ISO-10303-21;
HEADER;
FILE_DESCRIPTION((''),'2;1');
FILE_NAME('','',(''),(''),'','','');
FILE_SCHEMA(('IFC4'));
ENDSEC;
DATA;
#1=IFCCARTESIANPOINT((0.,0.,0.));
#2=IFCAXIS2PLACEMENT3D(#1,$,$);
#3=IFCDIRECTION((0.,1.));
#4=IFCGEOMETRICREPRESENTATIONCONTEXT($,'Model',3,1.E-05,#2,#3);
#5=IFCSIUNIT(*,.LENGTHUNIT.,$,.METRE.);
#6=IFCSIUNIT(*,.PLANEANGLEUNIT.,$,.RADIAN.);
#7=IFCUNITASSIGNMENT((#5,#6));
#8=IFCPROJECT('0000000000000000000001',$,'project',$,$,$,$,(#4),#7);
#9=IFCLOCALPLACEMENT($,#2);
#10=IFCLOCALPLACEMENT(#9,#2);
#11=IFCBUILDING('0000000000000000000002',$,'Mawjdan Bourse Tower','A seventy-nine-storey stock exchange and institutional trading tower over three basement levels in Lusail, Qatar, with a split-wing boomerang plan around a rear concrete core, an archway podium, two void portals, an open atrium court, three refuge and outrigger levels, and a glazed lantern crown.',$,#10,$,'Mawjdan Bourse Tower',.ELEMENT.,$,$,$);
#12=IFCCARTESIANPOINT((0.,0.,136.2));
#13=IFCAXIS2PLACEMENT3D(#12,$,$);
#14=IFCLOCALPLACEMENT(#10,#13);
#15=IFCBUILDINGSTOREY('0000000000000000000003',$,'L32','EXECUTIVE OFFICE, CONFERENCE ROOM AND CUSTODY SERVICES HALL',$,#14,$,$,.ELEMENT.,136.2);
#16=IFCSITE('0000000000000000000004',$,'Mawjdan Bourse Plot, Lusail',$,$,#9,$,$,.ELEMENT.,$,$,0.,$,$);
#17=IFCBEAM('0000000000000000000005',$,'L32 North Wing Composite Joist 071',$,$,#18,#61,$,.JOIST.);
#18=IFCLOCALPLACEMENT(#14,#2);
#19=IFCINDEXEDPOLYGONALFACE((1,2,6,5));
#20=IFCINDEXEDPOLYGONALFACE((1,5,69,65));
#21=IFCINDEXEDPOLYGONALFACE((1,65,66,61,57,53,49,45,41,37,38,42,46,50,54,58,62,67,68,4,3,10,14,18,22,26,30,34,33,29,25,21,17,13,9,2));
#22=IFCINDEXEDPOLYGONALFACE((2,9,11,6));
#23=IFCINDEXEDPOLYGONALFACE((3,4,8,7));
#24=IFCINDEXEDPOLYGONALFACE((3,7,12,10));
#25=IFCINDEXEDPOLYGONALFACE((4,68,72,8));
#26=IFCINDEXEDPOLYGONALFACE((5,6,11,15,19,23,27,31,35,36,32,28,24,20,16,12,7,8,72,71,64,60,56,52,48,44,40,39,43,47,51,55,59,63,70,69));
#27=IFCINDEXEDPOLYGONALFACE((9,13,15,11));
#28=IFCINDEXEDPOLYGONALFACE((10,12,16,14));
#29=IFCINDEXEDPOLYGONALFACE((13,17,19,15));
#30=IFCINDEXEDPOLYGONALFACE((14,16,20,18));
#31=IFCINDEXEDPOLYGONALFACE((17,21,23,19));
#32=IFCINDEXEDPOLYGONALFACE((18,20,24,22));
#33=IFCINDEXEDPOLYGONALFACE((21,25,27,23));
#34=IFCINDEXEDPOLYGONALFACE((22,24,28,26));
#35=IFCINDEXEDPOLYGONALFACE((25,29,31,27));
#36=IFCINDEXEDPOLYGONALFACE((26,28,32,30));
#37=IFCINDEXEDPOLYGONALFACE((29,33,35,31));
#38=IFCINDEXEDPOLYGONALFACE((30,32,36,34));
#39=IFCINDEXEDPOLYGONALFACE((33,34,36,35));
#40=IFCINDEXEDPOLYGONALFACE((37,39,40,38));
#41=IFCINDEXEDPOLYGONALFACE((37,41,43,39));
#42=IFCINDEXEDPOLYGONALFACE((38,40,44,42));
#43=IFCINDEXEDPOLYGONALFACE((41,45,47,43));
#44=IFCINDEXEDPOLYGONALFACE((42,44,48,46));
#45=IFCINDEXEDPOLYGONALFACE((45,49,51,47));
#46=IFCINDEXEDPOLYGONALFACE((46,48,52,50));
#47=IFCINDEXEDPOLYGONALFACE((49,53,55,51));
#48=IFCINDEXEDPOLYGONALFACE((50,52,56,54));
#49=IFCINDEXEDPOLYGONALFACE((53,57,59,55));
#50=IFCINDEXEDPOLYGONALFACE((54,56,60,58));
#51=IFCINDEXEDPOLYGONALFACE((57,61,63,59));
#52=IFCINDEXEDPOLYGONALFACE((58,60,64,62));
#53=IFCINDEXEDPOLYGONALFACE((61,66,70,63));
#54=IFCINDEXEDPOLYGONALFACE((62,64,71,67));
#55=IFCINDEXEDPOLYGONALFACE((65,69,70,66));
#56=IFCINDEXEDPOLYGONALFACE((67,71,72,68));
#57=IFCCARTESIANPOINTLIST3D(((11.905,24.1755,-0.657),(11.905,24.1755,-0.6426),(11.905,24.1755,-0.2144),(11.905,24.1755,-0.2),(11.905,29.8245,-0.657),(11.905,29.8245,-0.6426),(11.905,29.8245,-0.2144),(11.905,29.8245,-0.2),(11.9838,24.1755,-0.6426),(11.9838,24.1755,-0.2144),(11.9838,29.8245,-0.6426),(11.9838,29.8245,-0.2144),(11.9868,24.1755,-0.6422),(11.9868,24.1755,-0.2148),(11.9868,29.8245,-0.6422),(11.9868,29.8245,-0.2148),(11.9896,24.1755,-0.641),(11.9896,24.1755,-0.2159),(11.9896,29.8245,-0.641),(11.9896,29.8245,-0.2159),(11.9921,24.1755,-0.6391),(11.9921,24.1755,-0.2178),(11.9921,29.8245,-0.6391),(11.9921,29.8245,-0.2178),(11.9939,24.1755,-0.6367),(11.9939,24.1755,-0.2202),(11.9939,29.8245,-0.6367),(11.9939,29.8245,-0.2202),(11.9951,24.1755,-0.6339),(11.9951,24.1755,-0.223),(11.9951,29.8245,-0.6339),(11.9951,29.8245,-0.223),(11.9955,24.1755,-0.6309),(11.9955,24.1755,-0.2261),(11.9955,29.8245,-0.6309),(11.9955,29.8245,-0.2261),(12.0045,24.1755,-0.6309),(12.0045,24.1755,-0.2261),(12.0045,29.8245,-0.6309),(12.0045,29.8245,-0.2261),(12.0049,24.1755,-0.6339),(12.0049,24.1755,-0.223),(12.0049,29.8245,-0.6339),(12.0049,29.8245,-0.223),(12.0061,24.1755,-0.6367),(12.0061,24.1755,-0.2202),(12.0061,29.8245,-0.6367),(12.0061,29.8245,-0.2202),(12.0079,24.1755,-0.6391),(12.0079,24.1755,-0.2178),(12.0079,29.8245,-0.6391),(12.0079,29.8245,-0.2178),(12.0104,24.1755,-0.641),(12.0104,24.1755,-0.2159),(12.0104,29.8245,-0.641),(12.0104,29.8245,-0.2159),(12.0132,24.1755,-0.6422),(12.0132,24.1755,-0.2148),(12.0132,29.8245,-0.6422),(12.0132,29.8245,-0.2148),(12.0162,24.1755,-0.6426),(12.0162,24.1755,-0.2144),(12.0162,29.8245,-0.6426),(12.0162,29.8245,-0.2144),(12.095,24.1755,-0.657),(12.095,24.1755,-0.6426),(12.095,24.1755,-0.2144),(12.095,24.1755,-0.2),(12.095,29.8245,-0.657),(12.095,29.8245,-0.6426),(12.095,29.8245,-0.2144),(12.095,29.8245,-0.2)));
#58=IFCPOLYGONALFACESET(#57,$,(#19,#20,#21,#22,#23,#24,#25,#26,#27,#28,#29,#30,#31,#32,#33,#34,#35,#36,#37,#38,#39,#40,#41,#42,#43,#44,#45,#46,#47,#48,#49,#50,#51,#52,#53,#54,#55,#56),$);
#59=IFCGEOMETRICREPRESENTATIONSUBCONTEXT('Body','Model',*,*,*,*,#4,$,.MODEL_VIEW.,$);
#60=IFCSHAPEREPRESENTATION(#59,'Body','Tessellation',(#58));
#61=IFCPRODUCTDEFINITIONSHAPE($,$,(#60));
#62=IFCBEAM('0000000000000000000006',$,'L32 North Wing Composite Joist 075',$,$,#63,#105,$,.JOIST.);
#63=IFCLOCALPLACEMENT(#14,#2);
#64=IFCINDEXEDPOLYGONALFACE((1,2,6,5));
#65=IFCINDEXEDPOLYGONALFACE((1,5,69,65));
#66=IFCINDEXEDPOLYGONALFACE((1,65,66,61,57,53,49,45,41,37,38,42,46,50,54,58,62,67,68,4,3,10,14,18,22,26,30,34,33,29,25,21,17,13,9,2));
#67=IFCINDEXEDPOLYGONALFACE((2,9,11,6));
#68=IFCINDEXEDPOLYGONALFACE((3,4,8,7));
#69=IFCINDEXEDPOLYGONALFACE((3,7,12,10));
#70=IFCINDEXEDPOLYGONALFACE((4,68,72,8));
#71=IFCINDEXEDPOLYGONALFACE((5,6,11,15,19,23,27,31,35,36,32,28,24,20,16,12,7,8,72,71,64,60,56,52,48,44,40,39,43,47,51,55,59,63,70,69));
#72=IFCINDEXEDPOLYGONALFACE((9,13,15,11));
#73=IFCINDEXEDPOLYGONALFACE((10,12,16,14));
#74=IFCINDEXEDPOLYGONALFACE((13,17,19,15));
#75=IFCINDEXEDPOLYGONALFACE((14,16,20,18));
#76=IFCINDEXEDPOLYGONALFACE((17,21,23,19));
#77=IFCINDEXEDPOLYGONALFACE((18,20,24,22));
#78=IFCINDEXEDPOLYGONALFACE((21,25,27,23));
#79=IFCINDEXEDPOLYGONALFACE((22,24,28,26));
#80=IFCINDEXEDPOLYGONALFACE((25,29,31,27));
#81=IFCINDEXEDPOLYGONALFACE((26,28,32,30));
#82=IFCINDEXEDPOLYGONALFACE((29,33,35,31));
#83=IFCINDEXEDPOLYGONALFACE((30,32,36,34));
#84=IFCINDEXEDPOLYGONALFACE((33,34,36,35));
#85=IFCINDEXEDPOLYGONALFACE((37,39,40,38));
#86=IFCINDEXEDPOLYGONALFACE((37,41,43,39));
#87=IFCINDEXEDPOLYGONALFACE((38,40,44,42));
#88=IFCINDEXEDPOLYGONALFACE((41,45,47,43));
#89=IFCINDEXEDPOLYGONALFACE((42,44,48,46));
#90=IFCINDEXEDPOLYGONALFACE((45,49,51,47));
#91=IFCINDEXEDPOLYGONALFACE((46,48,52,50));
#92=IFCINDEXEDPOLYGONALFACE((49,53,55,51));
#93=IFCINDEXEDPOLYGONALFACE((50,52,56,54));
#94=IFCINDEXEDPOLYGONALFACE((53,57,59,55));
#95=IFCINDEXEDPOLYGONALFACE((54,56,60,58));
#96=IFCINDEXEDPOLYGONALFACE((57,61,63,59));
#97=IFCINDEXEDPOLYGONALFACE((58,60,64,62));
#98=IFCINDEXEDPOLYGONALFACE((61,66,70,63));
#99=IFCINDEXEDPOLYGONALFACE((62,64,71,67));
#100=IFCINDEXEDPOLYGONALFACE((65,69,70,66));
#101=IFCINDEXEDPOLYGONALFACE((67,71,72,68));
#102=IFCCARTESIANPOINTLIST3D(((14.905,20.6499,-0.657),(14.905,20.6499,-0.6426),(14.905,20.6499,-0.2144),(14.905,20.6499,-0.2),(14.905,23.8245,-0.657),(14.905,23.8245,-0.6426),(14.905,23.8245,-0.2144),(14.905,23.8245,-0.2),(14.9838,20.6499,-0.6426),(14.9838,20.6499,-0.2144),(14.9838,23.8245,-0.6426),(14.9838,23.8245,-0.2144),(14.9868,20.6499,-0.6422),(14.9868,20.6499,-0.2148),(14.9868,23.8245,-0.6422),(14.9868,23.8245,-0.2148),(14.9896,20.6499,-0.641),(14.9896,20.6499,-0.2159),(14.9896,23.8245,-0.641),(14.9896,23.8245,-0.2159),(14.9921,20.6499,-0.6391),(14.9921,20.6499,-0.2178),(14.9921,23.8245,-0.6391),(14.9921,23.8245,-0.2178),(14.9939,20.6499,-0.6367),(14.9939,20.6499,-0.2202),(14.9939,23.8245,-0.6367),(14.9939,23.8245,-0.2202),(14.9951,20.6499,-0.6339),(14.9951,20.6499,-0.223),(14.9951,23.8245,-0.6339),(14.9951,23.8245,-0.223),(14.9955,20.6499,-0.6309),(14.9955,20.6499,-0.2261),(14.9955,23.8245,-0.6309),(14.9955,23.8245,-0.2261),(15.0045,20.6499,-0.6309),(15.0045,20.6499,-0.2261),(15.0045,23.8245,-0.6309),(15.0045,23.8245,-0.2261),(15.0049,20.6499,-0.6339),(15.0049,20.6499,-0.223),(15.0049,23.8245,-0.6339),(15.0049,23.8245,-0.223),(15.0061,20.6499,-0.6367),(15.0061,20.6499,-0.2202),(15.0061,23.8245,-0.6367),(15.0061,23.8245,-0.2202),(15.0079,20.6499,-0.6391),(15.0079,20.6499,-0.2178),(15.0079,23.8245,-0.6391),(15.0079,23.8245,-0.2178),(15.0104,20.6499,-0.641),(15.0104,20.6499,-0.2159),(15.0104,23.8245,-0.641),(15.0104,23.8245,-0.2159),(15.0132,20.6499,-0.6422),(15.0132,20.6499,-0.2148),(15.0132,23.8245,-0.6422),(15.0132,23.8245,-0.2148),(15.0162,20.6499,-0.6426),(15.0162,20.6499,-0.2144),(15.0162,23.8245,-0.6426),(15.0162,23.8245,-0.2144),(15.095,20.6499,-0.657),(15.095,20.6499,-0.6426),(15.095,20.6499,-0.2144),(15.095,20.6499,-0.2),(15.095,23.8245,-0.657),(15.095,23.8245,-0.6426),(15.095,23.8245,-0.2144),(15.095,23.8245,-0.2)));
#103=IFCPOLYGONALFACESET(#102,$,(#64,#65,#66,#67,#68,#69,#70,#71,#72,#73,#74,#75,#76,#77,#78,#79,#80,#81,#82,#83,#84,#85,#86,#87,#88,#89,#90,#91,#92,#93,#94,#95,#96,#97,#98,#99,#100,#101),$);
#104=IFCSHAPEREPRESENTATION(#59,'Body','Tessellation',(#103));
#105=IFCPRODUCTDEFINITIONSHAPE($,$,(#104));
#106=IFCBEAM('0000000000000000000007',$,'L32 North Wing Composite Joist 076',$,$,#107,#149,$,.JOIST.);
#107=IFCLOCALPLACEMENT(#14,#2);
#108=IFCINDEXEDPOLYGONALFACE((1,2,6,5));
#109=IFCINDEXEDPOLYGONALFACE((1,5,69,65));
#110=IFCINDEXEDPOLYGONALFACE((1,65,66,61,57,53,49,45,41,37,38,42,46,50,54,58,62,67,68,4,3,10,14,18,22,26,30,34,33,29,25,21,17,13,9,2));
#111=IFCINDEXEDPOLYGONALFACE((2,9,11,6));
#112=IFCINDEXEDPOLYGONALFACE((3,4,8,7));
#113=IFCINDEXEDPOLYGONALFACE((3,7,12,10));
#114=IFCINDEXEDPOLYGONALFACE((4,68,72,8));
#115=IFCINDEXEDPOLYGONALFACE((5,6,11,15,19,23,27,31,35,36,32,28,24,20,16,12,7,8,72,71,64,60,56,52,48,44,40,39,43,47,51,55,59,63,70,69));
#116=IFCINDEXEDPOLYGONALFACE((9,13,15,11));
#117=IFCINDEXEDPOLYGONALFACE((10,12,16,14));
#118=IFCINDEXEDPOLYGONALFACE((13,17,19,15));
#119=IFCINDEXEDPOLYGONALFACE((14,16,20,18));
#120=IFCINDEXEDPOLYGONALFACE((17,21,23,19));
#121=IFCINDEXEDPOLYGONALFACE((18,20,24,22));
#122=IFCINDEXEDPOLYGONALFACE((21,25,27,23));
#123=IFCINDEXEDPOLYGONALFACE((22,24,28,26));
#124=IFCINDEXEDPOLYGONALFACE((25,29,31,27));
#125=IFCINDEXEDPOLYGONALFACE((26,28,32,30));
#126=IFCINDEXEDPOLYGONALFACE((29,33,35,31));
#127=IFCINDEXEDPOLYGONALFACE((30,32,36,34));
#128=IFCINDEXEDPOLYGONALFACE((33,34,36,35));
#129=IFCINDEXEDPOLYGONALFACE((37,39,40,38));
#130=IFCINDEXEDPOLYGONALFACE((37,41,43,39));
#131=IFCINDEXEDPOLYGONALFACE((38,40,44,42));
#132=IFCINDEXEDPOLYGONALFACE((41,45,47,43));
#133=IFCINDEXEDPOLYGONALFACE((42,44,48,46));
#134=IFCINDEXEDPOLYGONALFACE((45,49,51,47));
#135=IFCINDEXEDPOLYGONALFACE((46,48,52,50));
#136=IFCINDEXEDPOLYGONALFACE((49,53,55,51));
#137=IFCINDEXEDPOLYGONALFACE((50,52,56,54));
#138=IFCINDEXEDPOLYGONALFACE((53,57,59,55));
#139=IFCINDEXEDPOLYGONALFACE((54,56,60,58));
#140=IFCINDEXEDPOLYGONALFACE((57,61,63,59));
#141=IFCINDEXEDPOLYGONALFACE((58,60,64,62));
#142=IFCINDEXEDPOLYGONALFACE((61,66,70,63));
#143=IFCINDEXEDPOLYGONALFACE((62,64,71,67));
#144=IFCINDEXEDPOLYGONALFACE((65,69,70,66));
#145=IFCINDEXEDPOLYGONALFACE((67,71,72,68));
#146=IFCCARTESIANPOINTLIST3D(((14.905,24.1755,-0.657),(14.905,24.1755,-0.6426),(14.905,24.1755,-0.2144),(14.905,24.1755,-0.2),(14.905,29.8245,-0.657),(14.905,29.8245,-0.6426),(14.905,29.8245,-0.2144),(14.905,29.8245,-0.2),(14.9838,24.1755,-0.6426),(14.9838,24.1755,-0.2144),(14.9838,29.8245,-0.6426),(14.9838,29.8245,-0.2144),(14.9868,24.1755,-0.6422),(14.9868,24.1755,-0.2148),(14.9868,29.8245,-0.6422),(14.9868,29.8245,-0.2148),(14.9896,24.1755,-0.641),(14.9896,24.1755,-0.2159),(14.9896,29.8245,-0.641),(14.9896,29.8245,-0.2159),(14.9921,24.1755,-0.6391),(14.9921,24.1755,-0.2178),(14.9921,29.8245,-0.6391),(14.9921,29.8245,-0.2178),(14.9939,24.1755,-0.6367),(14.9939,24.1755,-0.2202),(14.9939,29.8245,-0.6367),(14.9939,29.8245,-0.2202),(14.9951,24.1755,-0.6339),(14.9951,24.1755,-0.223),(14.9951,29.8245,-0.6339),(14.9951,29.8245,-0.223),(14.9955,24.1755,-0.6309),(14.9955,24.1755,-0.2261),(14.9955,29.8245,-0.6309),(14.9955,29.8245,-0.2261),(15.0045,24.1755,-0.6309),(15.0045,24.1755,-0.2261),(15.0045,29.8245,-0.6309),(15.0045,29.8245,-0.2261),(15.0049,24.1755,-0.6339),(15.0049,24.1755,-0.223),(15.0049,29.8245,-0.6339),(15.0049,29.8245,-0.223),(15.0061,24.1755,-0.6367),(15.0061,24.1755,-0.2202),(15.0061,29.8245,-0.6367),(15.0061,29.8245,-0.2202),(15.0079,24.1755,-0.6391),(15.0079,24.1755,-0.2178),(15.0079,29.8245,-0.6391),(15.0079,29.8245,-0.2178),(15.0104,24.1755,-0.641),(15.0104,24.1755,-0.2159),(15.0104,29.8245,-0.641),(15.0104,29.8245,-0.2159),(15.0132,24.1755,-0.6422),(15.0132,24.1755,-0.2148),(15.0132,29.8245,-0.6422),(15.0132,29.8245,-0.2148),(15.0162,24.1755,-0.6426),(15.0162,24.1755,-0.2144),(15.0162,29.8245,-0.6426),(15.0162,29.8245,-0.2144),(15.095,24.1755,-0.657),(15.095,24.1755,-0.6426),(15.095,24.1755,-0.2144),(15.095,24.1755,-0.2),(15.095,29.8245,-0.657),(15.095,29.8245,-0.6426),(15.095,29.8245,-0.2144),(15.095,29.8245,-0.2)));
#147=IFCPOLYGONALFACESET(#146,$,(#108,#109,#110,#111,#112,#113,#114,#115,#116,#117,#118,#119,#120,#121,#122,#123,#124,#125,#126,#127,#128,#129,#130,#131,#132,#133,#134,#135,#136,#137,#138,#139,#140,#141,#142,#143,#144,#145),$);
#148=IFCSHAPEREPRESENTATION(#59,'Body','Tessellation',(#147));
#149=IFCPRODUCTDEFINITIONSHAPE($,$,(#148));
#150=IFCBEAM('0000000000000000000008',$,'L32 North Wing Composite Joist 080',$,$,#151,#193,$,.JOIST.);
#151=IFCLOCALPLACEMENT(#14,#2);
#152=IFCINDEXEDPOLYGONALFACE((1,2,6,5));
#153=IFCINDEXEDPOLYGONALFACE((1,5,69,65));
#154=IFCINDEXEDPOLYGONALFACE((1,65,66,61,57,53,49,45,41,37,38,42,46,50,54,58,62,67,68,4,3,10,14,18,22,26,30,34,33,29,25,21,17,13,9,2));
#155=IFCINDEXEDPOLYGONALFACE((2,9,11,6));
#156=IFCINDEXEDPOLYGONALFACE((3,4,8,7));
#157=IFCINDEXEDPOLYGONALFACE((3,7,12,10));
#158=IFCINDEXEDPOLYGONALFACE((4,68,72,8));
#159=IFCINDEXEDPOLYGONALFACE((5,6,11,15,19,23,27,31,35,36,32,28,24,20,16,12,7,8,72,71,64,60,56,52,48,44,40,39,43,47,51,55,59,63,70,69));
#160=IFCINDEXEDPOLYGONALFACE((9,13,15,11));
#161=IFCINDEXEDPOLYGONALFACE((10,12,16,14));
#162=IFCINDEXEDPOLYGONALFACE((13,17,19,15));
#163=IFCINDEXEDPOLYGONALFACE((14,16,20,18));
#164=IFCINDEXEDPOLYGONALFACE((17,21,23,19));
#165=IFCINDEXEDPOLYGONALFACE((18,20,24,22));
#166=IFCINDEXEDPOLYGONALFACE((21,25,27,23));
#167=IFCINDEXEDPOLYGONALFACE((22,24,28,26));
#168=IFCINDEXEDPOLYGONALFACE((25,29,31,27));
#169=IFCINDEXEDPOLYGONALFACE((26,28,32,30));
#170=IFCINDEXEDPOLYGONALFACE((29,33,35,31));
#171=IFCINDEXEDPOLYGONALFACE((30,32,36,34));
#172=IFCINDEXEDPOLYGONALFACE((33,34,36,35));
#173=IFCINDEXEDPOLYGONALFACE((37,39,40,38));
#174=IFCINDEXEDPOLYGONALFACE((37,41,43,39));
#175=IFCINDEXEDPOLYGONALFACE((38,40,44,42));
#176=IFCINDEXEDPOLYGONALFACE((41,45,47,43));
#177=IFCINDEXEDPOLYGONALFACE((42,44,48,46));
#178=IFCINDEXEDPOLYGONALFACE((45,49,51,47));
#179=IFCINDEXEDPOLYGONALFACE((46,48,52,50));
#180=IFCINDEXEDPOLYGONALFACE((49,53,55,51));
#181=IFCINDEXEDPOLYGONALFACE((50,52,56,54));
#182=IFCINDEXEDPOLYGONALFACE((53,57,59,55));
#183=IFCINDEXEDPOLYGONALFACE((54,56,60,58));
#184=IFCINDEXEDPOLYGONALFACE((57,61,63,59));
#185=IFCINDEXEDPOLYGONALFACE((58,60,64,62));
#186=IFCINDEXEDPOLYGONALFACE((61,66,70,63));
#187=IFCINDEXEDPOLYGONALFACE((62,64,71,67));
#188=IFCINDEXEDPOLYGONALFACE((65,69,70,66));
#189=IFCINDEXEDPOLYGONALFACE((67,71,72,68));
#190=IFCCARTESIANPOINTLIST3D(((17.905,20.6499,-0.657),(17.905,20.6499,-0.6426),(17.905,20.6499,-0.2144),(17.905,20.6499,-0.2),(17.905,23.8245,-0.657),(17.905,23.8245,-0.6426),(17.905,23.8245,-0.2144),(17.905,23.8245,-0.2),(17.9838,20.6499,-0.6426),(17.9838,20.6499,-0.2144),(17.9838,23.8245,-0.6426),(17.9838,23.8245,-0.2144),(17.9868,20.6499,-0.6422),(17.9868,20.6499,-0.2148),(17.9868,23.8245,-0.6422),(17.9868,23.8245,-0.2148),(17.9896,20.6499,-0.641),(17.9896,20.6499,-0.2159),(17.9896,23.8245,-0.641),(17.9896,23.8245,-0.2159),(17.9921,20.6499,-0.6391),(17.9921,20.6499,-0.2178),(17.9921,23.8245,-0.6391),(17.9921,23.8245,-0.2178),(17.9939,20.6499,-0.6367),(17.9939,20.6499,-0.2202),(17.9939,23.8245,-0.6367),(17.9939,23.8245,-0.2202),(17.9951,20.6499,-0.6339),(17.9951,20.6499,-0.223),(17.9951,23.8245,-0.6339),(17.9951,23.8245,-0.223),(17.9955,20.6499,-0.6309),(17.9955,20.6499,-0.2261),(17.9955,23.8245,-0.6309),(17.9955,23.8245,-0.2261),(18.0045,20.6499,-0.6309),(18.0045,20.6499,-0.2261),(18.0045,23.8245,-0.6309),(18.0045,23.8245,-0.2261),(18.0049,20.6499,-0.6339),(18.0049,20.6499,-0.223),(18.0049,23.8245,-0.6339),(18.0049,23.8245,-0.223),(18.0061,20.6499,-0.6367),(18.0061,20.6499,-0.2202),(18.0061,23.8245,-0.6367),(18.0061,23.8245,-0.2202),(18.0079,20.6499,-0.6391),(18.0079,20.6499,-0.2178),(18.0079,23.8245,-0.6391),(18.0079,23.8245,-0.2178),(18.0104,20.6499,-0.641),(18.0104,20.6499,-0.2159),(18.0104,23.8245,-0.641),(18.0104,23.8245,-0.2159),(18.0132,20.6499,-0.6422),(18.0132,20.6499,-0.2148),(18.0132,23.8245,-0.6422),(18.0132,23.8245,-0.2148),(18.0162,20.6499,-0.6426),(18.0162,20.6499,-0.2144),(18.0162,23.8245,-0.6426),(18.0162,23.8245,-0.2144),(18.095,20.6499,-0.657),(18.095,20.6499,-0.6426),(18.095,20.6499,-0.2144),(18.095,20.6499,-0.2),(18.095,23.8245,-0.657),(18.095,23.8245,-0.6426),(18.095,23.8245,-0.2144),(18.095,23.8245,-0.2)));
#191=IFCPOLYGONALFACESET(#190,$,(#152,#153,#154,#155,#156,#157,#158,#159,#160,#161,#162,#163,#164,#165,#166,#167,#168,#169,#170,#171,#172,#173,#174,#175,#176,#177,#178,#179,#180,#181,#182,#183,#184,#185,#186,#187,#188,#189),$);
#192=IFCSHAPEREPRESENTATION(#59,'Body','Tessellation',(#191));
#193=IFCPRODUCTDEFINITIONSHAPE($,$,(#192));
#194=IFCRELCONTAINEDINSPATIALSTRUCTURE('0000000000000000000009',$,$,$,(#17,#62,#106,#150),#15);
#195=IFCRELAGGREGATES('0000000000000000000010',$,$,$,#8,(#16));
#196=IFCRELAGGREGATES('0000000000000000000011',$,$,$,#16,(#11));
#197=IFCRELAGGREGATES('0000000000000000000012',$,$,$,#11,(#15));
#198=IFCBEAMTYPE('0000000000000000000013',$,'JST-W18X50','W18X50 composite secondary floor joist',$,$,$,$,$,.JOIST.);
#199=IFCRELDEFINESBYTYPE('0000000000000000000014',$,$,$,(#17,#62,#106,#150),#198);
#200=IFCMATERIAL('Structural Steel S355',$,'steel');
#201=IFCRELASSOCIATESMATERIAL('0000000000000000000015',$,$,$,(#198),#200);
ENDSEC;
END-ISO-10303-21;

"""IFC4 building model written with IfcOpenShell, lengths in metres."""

from ifc_helpers import new_model, si_unit, direction, frame, origin, origin_2d, place, context, subcontext, project, spatial, i_section, extrude, material, material_profile, profile_set, type_object, element, save


model = new_model("IFC4")

# Units and contexts
model_context = context("Model", 3, precision=1e-05, world=origin(), true_north=direction((0.0, 1.0)))
body_context = subcontext(model_context, "Body", "Model", "MODEL_VIEW")
ifc_project = project(units=[si_unit("LENGTHUNIT", "METRE"), si_unit("PLANEANGLEUNIT", "RADIAN")], contexts=[model_context])

# Site, building, storey
site_placement = place(None, origin())
site = spatial("IfcSite", under=ifc_project, at=site_placement, Name="Mawjdan Bourse Plot, Lusail", CompositionType="ELEMENT", RefElevation=0.0)
building_placement = place(site_placement, origin())
building = spatial("IfcBuilding", under=site, at=building_placement, Name="Mawjdan Bourse Tower", Description="A seventy-nine-storey stock exchange and institutional trading tower over three basement levels in Lusail, Qatar, with a split-wing boomerang plan around a rear concrete core, an archway podium, two void portals, an open atrium court, three refuge and outrigger levels, and a glazed lantern crown.", LongName="Mawjdan Bourse Tower", CompositionType="ELEMENT")
storey_placement = place(building_placement, frame((0.0, 0.0, 136.2)))
storey = spatial("IfcBuildingStorey", under=building, at=storey_placement, Name="L32", Description="EXECUTIVE OFFICE, CONFERENCE ROOM AND CUSTODY SERVICES HALL", CompositionType="ELEMENT", Elevation=136.2)

# Beams
ifc_material_1 = material(Name="Structural Steel S355", Category="steel")
ifc_material_profile_1 = material_profile(ifc_material_1, i_section(OverallWidth=0.1899, OverallDepth=0.457, WebThickness=0.009, FlangeThickness=0.0144, FilletRadius=0.0117, at=origin_2d()), Name="W18X50")
ifc_profile_set_1 = profile_set([ifc_material_profile_1], Name="Structural Steel S355")
beam_type_1 = type_object("IfcBeamType", Name="JST-W18X50", Description="W18X50 composite secondary floor joist", PredefinedType="JOIST", material=ifc_profile_set_1)
beam_1_placement = place(storey_placement, frame((12.0, 24.1755, -0.4285), z_axis=(0.0, 1.0, 0.0), x_axis=(-1.0, 0.0, 0.0)))
element("IfcBeam", 1, at=beam_1_placement, inside=storey, type_object=beam_type_1, Name="L32 North Wing Composite Joist 071", PredefinedType="JOIST", context=body_context, shape_type="SweptSolid", body=[
    extrude(i_section(OverallWidth=0.1899, OverallDepth=0.457, WebThickness=0.009, FlangeThickness=0.0144, FilletRadius=0.0117, at=origin_2d()), origin(), (0.0, 0.0, 1.0), 5.6489),
])
beam_2_placement = place(storey_placement, frame((15.0, 20.6499, -0.4285), z_axis=(0.0, 1.0, 0.0), x_axis=(-1.0, 0.0, 0.0)))
element("IfcBeam", 2, at=beam_2_placement, inside=storey, type_object=beam_type_1, Name="L32 North Wing Composite Joist 075", PredefinedType="JOIST", context=body_context, shape_type="SweptSolid", body=[
    extrude(i_section(OverallWidth=0.1899, OverallDepth=0.457, WebThickness=0.009, FlangeThickness=0.0144, FilletRadius=0.0117, at=origin_2d()), origin(), (0.0, 0.0, 1.0), 3.1746),
])
beam_3_placement = place(storey_placement, frame((15.0, 24.1755, -0.4285), z_axis=(0.0, 1.0, 0.0), x_axis=(-1.0, 0.0, 0.0)))
element("IfcBeam", 3, at=beam_3_placement, inside=storey, type_object=beam_type_1, Name="L32 North Wing Composite Joist 076", PredefinedType="JOIST", context=body_context, shape_type="SweptSolid", body=[
    extrude(i_section(OverallWidth=0.1899, OverallDepth=0.457, WebThickness=0.009, FlangeThickness=0.0144, FilletRadius=0.0117, at=origin_2d()), origin(), (0.0, 0.0, 1.0), 5.6489),
])
beam_4_placement = place(storey_placement, frame((18.0, 20.6499, -0.4285), z_axis=(0.0, 1.0, 0.0), x_axis=(-1.0, 0.0, 0.0)))
element("IfcBeam", 4, at=beam_4_placement, inside=storey, type_object=beam_type_1, Name="L32 North Wing Composite Joist 080", PredefinedType="JOIST", context=body_context, shape_type="SweptSolid", body=[
    extrude(i_section(OverallWidth=0.1899, OverallDepth=0.457, WebThickness=0.009, FlangeThickness=0.0144, FilletRadius=0.0117, at=origin_2d()), origin(), (0.0, 0.0, 1.0), 3.1746),
])

save(model, "model.ifc")
